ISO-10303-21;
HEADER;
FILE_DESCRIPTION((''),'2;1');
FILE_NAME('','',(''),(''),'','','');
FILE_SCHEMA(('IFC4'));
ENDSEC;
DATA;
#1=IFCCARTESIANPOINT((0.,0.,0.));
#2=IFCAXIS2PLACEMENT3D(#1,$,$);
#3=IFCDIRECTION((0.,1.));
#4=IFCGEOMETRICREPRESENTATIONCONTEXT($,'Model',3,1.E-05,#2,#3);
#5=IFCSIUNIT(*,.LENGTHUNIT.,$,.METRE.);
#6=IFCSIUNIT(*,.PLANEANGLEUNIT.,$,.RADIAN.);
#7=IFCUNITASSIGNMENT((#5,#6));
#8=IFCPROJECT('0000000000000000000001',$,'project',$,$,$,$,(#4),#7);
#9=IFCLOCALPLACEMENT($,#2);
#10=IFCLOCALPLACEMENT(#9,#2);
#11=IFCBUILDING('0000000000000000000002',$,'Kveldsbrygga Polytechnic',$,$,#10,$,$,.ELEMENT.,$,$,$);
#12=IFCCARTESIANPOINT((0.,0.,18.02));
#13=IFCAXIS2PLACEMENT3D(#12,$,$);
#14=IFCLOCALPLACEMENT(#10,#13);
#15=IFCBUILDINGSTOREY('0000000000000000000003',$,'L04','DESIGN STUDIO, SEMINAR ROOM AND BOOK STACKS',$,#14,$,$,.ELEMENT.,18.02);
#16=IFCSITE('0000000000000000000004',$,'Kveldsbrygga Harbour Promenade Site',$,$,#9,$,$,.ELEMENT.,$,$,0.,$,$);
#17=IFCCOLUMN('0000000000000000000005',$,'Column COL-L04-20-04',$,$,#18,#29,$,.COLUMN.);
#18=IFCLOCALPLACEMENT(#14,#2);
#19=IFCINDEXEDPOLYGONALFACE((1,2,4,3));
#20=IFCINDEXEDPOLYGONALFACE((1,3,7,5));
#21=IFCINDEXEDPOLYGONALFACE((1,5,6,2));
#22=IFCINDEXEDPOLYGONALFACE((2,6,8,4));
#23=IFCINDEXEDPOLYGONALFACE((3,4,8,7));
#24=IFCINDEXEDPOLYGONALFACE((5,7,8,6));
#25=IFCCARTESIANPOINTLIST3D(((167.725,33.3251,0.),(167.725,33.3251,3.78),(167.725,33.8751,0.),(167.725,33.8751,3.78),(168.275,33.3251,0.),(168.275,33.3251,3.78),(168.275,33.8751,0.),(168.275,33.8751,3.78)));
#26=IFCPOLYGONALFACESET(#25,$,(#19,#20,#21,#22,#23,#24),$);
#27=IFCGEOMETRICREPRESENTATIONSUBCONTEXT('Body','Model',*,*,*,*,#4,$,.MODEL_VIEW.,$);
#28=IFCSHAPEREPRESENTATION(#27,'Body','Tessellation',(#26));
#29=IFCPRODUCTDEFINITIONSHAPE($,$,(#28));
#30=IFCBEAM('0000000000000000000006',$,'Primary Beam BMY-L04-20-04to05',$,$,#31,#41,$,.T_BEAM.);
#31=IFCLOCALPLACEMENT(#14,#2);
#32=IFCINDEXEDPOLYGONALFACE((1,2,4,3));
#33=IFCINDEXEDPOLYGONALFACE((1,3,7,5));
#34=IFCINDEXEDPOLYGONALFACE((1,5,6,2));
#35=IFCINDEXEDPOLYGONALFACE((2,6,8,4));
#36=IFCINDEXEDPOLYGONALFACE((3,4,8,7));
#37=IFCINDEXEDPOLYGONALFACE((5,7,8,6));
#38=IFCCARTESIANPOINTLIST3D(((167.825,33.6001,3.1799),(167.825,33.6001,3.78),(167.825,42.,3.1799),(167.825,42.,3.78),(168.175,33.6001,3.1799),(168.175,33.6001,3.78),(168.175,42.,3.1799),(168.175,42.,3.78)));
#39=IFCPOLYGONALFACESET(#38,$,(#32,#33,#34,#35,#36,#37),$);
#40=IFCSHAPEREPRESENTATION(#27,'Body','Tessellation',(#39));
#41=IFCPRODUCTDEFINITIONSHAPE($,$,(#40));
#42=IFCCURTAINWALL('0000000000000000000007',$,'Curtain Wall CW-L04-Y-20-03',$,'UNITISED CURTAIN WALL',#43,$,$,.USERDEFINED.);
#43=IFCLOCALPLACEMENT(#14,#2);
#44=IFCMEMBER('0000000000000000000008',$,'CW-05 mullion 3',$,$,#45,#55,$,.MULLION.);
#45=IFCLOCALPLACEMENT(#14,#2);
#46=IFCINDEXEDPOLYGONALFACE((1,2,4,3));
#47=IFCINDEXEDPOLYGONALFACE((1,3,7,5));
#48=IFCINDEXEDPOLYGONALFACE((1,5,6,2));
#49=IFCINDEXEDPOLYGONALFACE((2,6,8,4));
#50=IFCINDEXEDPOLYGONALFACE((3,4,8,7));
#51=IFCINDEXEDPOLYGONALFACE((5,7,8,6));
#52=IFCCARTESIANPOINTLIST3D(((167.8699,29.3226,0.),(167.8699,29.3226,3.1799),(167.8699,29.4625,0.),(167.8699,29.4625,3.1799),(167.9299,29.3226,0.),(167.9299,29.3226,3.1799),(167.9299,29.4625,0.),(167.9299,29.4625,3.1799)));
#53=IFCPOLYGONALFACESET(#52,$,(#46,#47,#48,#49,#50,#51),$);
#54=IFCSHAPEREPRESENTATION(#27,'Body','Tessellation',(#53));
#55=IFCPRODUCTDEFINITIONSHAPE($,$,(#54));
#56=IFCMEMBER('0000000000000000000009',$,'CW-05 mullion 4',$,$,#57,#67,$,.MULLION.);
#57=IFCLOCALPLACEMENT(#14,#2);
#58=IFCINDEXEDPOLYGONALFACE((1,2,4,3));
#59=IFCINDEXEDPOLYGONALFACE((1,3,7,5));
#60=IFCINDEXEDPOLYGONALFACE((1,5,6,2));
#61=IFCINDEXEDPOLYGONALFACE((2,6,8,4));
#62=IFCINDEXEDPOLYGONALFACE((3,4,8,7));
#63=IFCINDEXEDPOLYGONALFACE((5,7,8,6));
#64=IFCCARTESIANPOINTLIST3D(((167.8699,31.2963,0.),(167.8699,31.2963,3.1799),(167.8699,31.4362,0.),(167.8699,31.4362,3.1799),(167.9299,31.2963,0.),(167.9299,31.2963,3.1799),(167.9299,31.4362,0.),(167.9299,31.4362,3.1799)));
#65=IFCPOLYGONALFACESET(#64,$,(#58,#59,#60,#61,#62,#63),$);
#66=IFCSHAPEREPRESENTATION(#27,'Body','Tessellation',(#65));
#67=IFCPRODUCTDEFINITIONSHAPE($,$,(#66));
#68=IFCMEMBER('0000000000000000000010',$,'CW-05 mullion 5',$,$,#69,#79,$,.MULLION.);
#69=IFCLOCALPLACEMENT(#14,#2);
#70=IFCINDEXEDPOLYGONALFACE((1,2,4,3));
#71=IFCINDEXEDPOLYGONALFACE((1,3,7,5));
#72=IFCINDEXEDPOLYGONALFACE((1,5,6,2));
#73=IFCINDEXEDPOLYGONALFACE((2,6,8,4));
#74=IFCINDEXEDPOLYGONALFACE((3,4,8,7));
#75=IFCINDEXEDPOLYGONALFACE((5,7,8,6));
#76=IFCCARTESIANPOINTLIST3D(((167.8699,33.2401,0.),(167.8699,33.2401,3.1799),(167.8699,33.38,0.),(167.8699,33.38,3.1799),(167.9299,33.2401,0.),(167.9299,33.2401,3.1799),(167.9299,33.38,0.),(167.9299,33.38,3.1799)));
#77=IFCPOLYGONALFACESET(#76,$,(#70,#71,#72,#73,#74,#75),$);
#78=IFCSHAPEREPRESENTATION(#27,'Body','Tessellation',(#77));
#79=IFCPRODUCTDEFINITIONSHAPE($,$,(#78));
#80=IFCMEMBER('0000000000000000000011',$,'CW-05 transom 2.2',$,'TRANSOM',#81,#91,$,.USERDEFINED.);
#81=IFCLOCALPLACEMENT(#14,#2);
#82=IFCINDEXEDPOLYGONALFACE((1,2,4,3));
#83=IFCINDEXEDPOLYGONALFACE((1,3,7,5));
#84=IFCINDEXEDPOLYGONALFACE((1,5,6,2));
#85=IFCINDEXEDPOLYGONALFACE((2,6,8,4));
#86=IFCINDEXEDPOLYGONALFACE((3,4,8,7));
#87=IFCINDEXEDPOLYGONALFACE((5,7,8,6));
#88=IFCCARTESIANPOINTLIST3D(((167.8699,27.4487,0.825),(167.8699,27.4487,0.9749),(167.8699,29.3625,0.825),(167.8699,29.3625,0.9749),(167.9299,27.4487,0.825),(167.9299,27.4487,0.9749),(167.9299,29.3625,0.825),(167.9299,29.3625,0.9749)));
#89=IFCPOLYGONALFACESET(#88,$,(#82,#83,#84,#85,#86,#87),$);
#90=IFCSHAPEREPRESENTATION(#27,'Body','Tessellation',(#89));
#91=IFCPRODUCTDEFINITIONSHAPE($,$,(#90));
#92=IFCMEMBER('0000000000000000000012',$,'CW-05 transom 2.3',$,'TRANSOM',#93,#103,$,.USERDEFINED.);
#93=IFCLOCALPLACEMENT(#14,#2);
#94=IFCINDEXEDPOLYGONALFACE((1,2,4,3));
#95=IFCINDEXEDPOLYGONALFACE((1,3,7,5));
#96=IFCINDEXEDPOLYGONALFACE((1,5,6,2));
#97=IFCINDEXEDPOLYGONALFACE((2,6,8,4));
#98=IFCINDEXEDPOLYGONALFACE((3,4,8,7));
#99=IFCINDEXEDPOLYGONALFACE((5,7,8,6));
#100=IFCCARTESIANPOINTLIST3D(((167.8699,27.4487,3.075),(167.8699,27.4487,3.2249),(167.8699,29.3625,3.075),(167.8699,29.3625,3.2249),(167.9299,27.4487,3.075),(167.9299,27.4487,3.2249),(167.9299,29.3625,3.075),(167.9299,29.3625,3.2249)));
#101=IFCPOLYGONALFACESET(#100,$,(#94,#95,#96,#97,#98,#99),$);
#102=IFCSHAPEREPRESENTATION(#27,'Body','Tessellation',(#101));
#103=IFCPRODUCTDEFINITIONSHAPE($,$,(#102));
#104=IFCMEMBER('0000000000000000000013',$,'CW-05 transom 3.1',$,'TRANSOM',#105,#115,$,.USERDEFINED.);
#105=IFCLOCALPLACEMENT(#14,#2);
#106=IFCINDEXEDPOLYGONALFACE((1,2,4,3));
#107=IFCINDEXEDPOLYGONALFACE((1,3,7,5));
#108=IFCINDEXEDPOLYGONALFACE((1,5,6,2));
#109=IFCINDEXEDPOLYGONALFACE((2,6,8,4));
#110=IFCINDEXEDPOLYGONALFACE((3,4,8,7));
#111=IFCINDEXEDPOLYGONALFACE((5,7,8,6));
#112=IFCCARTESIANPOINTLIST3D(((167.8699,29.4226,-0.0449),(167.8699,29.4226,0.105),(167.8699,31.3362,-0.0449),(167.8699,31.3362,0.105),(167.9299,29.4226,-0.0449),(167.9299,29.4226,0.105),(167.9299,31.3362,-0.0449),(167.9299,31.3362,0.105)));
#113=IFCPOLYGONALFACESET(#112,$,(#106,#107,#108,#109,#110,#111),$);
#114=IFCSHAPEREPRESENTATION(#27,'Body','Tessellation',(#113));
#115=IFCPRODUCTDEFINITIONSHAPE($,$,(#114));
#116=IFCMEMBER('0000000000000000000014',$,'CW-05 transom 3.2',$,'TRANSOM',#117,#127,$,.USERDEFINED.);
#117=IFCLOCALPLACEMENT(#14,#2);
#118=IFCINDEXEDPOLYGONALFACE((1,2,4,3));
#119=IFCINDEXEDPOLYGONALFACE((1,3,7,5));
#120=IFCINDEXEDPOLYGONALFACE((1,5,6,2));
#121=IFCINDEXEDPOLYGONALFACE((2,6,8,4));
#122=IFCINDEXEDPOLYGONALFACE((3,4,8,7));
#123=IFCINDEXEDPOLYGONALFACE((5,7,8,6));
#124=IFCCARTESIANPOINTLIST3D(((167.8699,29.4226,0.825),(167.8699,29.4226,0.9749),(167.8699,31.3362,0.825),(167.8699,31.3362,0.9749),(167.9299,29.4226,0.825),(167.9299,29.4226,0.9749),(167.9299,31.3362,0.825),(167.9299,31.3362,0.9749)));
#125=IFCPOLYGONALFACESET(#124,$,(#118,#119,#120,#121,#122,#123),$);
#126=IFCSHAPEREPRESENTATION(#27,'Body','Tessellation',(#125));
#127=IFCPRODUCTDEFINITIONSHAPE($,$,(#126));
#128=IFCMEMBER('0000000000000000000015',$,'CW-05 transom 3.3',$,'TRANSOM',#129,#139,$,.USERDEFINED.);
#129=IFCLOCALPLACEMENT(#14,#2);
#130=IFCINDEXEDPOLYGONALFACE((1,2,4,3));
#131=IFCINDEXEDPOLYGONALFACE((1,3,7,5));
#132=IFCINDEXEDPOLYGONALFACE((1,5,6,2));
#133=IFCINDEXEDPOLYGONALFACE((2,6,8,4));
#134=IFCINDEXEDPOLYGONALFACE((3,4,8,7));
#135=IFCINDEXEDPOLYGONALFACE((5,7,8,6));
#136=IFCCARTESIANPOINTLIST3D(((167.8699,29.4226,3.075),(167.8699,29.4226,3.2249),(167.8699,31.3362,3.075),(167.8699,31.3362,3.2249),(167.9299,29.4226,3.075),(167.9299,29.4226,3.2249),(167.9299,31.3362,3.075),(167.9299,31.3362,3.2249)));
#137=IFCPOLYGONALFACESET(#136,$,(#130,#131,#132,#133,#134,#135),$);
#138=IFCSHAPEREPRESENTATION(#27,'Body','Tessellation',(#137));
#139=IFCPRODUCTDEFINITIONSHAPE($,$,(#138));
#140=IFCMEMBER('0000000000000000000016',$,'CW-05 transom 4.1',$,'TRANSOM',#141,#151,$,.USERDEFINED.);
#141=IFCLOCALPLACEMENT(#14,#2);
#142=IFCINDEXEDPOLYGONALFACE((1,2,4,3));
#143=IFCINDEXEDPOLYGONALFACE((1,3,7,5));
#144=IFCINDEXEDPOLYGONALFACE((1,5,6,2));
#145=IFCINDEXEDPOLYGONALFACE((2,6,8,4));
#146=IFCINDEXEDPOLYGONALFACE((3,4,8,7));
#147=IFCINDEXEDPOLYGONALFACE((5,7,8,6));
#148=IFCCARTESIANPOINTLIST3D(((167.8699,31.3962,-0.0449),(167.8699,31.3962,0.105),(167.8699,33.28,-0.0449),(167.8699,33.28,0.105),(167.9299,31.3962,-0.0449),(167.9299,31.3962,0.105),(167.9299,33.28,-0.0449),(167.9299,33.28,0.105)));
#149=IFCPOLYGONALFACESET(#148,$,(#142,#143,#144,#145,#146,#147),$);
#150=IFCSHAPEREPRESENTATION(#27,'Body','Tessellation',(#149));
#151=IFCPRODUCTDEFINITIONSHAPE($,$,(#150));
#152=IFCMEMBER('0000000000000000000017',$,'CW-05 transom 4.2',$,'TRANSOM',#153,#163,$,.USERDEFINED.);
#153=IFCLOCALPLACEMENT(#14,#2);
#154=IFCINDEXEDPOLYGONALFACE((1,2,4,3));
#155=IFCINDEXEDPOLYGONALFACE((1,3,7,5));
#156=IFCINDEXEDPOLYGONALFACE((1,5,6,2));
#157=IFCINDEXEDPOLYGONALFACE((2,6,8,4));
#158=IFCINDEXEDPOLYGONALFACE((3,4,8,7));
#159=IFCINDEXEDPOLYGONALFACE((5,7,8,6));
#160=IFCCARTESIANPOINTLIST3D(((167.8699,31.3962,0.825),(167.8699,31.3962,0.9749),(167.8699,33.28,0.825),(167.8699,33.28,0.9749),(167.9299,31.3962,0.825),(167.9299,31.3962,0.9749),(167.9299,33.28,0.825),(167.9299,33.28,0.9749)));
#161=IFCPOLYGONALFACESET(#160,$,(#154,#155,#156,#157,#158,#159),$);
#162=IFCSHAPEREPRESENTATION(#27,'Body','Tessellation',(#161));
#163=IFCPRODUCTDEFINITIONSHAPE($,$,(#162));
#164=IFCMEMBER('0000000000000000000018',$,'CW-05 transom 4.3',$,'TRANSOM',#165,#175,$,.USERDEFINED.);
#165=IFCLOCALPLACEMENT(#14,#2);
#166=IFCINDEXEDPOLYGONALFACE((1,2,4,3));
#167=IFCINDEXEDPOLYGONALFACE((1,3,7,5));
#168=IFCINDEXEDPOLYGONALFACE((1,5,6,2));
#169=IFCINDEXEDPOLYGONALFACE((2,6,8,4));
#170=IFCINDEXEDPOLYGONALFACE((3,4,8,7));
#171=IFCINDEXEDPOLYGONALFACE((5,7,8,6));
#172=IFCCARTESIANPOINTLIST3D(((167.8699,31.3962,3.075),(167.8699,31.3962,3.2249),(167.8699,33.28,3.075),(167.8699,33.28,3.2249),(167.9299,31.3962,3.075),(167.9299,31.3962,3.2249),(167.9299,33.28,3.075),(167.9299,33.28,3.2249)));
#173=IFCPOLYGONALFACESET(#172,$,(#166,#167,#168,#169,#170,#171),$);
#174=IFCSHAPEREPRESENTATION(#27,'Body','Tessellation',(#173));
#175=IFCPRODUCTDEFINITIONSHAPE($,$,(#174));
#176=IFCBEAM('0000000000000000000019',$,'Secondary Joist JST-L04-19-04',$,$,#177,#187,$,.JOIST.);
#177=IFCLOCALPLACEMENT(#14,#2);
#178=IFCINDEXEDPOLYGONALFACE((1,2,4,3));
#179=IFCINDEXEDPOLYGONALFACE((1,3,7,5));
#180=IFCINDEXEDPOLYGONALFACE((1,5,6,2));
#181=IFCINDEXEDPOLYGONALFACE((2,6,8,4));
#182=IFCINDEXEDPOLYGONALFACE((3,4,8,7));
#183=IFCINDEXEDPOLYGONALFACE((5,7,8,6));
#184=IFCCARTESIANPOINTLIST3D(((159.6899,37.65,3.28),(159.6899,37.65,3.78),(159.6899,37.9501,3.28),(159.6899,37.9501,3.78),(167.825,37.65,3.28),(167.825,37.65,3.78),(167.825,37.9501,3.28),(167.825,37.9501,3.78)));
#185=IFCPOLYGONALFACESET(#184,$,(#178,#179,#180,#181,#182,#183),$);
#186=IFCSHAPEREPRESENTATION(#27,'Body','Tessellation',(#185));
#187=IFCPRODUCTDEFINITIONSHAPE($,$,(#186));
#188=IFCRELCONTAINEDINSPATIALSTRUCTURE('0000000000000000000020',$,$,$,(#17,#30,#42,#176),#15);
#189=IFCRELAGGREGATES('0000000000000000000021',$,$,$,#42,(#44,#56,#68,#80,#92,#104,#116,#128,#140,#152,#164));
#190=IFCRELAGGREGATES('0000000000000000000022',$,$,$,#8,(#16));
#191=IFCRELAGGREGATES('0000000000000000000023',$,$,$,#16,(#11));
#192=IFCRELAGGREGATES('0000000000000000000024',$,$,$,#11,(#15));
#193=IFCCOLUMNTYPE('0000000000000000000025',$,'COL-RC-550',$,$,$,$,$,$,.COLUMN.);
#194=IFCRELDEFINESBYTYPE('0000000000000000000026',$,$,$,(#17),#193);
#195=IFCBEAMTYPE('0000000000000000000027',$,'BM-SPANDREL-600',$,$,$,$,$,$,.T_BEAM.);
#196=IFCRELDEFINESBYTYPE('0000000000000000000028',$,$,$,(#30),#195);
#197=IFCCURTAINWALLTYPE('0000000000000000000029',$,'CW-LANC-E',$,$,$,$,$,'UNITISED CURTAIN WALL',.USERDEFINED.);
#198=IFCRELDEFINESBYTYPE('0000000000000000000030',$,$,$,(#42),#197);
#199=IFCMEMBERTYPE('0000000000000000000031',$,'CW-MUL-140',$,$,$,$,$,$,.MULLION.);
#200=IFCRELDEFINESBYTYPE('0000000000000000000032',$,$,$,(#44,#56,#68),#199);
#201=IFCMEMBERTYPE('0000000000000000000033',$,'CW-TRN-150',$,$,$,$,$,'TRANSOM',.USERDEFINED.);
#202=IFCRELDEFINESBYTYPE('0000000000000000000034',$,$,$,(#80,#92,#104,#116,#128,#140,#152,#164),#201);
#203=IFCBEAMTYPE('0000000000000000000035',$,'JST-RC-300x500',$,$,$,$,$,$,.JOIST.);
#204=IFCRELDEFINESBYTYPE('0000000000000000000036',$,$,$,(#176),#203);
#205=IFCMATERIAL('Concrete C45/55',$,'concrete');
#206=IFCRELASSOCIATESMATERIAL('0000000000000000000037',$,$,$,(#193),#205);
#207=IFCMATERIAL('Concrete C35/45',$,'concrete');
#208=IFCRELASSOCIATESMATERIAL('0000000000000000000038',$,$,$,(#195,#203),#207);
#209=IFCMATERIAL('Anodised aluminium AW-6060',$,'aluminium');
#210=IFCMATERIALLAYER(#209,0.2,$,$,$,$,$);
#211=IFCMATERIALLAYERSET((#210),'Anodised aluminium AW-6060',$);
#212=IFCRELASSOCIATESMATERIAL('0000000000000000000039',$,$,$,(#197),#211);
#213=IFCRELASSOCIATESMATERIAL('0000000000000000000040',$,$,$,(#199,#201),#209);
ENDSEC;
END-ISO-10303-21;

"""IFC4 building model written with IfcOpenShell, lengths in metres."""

from ifc_helpers import new_model, si_unit, direction, frame, origin, origin_2d, place, context, subcontext, project, spatial, rectangle, extrude, material, layer, layer_set, material_profile, profile_set, type_object, element, aggregate, save


model = new_model("IFC4")

# Units and contexts
model_context = context("Model", 3, precision=1e-05, world=origin(), true_north=direction((0.0, 1.0)))
body_context = subcontext(model_context, "Body", "Model", "MODEL_VIEW")
ifc_project = project(units=[si_unit("LENGTHUNIT", "METRE"), si_unit("PLANEANGLEUNIT", "RADIAN")], contexts=[model_context])

# Site, building, storey
site_placement = place(None, origin())
site = spatial("IfcSite", under=ifc_project, at=site_placement, Name="Kveldsbrygga Harbour Promenade Site", CompositionType="ELEMENT", RefElevation=0.0)
building_placement = place(site_placement, origin())
building = spatial("IfcBuilding", under=site, at=building_placement, Name="Kveldsbrygga Polytechnic", CompositionType="ELEMENT")
storey_placement = place(building_placement, frame((0.0, 0.0, 18.02)))
storey = spatial("IfcBuildingStorey", under=building, at=storey_placement, Name="L04", Description="DESIGN STUDIO, SEMINAR ROOM AND BOOK STACKS", CompositionType="ELEMENT", Elevation=18.02)

# Column
ifc_material_1 = material(Name="Concrete C45/55", Category="concrete")
ifc_material_profile_1 = material_profile(ifc_material_1, rectangle(XDim=0.55, YDim=0.55, at=origin_2d()), Name="RC 550x550")
ifc_profile_set_1 = profile_set([ifc_material_profile_1], Name="Concrete C45/55")
column_type = type_object("IfcColumnType", Name="COL-RC-550", PredefinedType="COLUMN", material=ifc_profile_set_1)
column_placement = place(storey_placement, frame((168.0, 33.6001, 0.0), z_axis=(0.0, 0.0, 1.0), x_axis=(1.0, 0.0, 0.0)))
element("IfcColumn", 1, at=column_placement, inside=storey, type_object=column_type, Name="Column COL-L04-20-04", PredefinedType="COLUMN", context=body_context, shape_type="SweptSolid", body=[
    extrude(rectangle(XDim=0.55, YDim=0.55, at=origin_2d()), origin(), (0.0, 0.0, 1.0), 3.78),
])

# Beam
ifc_material_2 = material(Name="Concrete C35/45", Category="concrete")
ifc_material_profile_2 = material_profile(ifc_material_2, rectangle(XDim=0.3501, YDim=0.6001, at=origin_2d()), Name="RC 350x600")
ifc_profile_set_2 = profile_set([ifc_material_profile_2], Name="Concrete C35/45")
beam_type_1 = type_object("IfcBeamType", Name="BM-SPANDREL-600", PredefinedType="T_BEAM", material=ifc_profile_set_2)
beam_1_placement = place(storey_placement, frame((168.0, 33.6001, 3.48), z_axis=(0.0, 1.0, 0.0), x_axis=(-1.0, 0.0, 0.0)))
element("IfcBeam", 2, at=beam_1_placement, inside=storey, type_object=beam_type_1, Name="Primary Beam BMY-L04-20-04to05", PredefinedType="T_BEAM", context=body_context, shape_type="SweptSolid", body=[
    extrude(rectangle(XDim=0.3501, YDim=0.6001, at=origin_2d()), origin(), (0.0, 0.0, 1.0), 8.3999),
])

# Curtain wall, members
ifc_material_3 = material(Name="Anodised aluminium AW-6060", Category="aluminium")
ifc_layer_1 = layer(ifc_material_3, 0.2)
ifc_layer_set_1 = layer_set([ifc_layer_1], Name="Anodised aluminium AW-6060")
curtain_wall_type = type_object("IfcCurtainWallType", Name="CW-LANC-E", ElementType="UNITISED CURTAIN WALL", PredefinedType="USERDEFINED", material=ifc_layer_set_1)
curtain_wall_placement = place(storey_placement, origin())
curtain_wall = element("IfcCurtainWall", 3, at=curtain_wall_placement, inside=storey, type_object=curtain_wall_type, Name="Curtain Wall CW-L04-Y-20-03", ObjectType="UNITISED CURTAIN WALL", PredefinedType="USERDEFINED")
ifc_material_profile_3 = material_profile(ifc_material_3, rectangle(XDim=0.0601, YDim=0.1399, at=origin_2d()), Name="ALU 60x140")
ifc_profile_set_3 = profile_set([ifc_material_profile_3], Name="Anodised aluminium AW-6060")
member_type_1 = type_object("IfcMemberType", Name="CW-MUL-140", PredefinedType="MULLION", material=ifc_profile_set_3)
member_1_placement = place(storey_placement, frame((167.8999, 29.3926, 0.0), z_axis=(0.0, 0.0, 1.0), x_axis=(-1.0, 0.0, 0.0)))
member_1 = element("IfcMember", 4, at=member_1_placement, type_object=member_type_1, Name="CW-05 mullion 3", PredefinedType="MULLION", context=body_context, shape_type="SweptSolid", body=[
    extrude(rectangle(XDim=0.0601, YDim=0.1399, at=origin_2d()), origin(), (0.0, 0.0, 1.0), 3.1799),
])
member_2_placement = place(storey_placement, frame((167.8999, 31.3662, 0.0), z_axis=(0.0, 0.0, 1.0), x_axis=(-1.0, 0.0, 0.0)))
member_2 = element("IfcMember", 5, at=member_2_placement, type_object=member_type_1, Name="CW-05 mullion 4", PredefinedType="MULLION", context=body_context, shape_type="SweptSolid", body=[
    extrude(rectangle(XDim=0.0601, YDim=0.1399, at=origin_2d()), origin(), (0.0, 0.0, 1.0), 3.1799),
])
member_3_placement = place(storey_placement, frame((167.8999, 33.3101, 0.0), z_axis=(0.0, 0.0, 1.0), x_axis=(-1.0, 0.0, 0.0)))
member_3 = element("IfcMember", 6, at=member_3_placement, type_object=member_type_1, Name="CW-05 mullion 5", PredefinedType="MULLION", context=body_context, shape_type="SweptSolid", body=[
    extrude(rectangle(XDim=0.0601, YDim=0.1399, at=origin_2d()), origin(), (0.0, 0.0, 1.0), 3.1799),
])
ifc_material_profile_4 = material_profile(ifc_material_3, rectangle(XDim=0.0601, YDim=0.1499, at=origin_2d()), Name="ALU 60x150")
ifc_profile_set_4 = profile_set([ifc_material_profile_4], Name="Anodised aluminium AW-6060")
member_type_2 = type_object("IfcMemberType", Name="CW-TRN-150", ElementType="TRANSOM", PredefinedType="USERDEFINED", material=ifc_profile_set_4)
member_4_placement = place(storey_placement, frame((167.8999, 27.4487, 0.8999), z_axis=(0.0, 1.0, 0.0), x_axis=(-1.0, 0.0, 0.0)))
member_4 = element("IfcMember", 7, at=member_4_placement, type_object=member_type_2, Name="CW-05 transom 2.2", ObjectType="TRANSOM", PredefinedType="USERDEFINED", context=body_context, shape_type="SweptSolid", body=[
    extrude(rectangle(XDim=0.0601, YDim=0.1499, at=origin_2d()), origin(), (0.0, 0.0, 1.0), 1.9138),
])
member_5_placement = place(storey_placement, frame((167.8999, 27.4487, 3.1499), z_axis=(0.0, 1.0, 0.0), x_axis=(-1.0, 0.0, 0.0)))
member_5 = element("IfcMember", 8, at=member_5_placement, type_object=member_type_2, Name="CW-05 transom 2.3", ObjectType="TRANSOM", PredefinedType="USERDEFINED", context=body_context, shape_type="SweptSolid", body=[
    extrude(rectangle(XDim=0.0601, YDim=0.1499, at=origin_2d()), origin(), (0.0, 0.0, 1.0), 1.9138),
])
member_6_placement = place(storey_placement, frame((167.8999, 29.4226, 0.03), z_axis=(0.0, 1.0, 0.0), x_axis=(-1.0, 0.0, 0.0)))
member_6 = element("IfcMember", 9, at=member_6_placement, type_object=member_type_2, Name="CW-05 transom 3.1", ObjectType="TRANSOM", PredefinedType="USERDEFINED", context=body_context, shape_type="SweptSolid", body=[
    extrude(rectangle(XDim=0.0601, YDim=0.1499, at=origin_2d()), origin(), (0.0, 0.0, 1.0), 1.9136),
])
member_7_placement = place(storey_placement, frame((167.8999, 29.4226, 0.8999), z_axis=(0.0, 1.0, 0.0), x_axis=(-1.0, 0.0, 0.0)))
member_7 = element("IfcMember", 10, at=member_7_placement, type_object=member_type_2, Name="CW-05 transom 3.2", ObjectType="TRANSOM", PredefinedType="USERDEFINED", context=body_context, shape_type="SweptSolid", body=[
    extrude(rectangle(XDim=0.0601, YDim=0.1499, at=origin_2d()), origin(), (0.0, 0.0, 1.0), 1.9136),
])
member_8_placement = place(storey_placement, frame((167.8999, 29.4226, 3.1499), z_axis=(0.0, 1.0, 0.0), x_axis=(-1.0, 0.0, 0.0)))
member_8 = element("IfcMember", 11, at=member_8_placement, type_object=member_type_2, Name="CW-05 transom 3.3", ObjectType="TRANSOM", PredefinedType="USERDEFINED", context=body_context, shape_type="SweptSolid", body=[
    extrude(rectangle(XDim=0.0601, YDim=0.1499, at=origin_2d()), origin(), (0.0, 0.0, 1.0), 1.9136),
])
member_9_placement = place(storey_placement, frame((167.8999, 31.3962, 0.03), z_axis=(0.0, 1.0, 0.0), x_axis=(-1.0, 0.0, 0.0)))
member_9 = element("IfcMember", 12, at=member_9_placement, type_object=member_type_2, Name="CW-05 transom 4.1", ObjectType="TRANSOM", PredefinedType="USERDEFINED", context=body_context, shape_type="SweptSolid", body=[
    extrude(rectangle(XDim=0.0601, YDim=0.1499, at=origin_2d()), origin(), (0.0, 0.0, 1.0), 1.8838),
])
member_10_placement = place(storey_placement, frame((167.8999, 31.3962, 0.8999), z_axis=(0.0, 1.0, 0.0), x_axis=(-1.0, 0.0, 0.0)))
member_10 = element("IfcMember", 13, at=member_10_placement, type_object=member_type_2, Name="CW-05 transom 4.2", ObjectType="TRANSOM", PredefinedType="USERDEFINED", context=body_context, shape_type="SweptSolid", body=[
    extrude(rectangle(XDim=0.0601, YDim=0.1499, at=origin_2d()), origin(), (0.0, 0.0, 1.0), 1.8838),
])
member_11_placement = place(storey_placement, frame((167.8999, 31.3962, 3.1499), z_axis=(0.0, 1.0, 0.0), x_axis=(-1.0, 0.0, 0.0)))
member_11 = element("IfcMember", 14, at=member_11_placement, type_object=member_type_2, Name="CW-05 transom 4.3", ObjectType="TRANSOM", PredefinedType="USERDEFINED", context=body_context, shape_type="SweptSolid", body=[
    extrude(rectangle(XDim=0.0601, YDim=0.1499, at=origin_2d()), origin(), (0.0, 0.0, 1.0), 1.8838),
])

# Beam
ifc_material_profile_5 = material_profile(ifc_material_2, rectangle(XDim=0.3, YDim=0.5, at=origin_2d()), Name="RC 300x500")
ifc_profile_set_5 = profile_set([ifc_material_profile_5], Name="Concrete C35/45")
beam_type_2 = type_object("IfcBeamType", Name="JST-RC-300x500", PredefinedType="JOIST", material=ifc_profile_set_5)
beam_2_placement = place(storey_placement, frame((159.6899, 37.8, 3.53), z_axis=(1.0, 0.0, 0.0), x_axis=(0.0, 1.0, 0.0)))
element("IfcBeam", 15, at=beam_2_placement, inside=storey, type_object=beam_type_2, Name="Secondary Joist JST-L04-19-04", PredefinedType="JOIST", context=body_context, shape_type="SweptSolid", body=[
    extrude(rectangle(XDim=0.3, YDim=0.5, at=origin_2d()), origin(), (0.0, 0.0, 1.0), 8.135),
])

aggregate(curtain_wall, [member_1, member_2, member_3, member_4, member_5, member_6, member_7, member_8, member_9, member_10, member_11])

save(model, "model.ifc")
